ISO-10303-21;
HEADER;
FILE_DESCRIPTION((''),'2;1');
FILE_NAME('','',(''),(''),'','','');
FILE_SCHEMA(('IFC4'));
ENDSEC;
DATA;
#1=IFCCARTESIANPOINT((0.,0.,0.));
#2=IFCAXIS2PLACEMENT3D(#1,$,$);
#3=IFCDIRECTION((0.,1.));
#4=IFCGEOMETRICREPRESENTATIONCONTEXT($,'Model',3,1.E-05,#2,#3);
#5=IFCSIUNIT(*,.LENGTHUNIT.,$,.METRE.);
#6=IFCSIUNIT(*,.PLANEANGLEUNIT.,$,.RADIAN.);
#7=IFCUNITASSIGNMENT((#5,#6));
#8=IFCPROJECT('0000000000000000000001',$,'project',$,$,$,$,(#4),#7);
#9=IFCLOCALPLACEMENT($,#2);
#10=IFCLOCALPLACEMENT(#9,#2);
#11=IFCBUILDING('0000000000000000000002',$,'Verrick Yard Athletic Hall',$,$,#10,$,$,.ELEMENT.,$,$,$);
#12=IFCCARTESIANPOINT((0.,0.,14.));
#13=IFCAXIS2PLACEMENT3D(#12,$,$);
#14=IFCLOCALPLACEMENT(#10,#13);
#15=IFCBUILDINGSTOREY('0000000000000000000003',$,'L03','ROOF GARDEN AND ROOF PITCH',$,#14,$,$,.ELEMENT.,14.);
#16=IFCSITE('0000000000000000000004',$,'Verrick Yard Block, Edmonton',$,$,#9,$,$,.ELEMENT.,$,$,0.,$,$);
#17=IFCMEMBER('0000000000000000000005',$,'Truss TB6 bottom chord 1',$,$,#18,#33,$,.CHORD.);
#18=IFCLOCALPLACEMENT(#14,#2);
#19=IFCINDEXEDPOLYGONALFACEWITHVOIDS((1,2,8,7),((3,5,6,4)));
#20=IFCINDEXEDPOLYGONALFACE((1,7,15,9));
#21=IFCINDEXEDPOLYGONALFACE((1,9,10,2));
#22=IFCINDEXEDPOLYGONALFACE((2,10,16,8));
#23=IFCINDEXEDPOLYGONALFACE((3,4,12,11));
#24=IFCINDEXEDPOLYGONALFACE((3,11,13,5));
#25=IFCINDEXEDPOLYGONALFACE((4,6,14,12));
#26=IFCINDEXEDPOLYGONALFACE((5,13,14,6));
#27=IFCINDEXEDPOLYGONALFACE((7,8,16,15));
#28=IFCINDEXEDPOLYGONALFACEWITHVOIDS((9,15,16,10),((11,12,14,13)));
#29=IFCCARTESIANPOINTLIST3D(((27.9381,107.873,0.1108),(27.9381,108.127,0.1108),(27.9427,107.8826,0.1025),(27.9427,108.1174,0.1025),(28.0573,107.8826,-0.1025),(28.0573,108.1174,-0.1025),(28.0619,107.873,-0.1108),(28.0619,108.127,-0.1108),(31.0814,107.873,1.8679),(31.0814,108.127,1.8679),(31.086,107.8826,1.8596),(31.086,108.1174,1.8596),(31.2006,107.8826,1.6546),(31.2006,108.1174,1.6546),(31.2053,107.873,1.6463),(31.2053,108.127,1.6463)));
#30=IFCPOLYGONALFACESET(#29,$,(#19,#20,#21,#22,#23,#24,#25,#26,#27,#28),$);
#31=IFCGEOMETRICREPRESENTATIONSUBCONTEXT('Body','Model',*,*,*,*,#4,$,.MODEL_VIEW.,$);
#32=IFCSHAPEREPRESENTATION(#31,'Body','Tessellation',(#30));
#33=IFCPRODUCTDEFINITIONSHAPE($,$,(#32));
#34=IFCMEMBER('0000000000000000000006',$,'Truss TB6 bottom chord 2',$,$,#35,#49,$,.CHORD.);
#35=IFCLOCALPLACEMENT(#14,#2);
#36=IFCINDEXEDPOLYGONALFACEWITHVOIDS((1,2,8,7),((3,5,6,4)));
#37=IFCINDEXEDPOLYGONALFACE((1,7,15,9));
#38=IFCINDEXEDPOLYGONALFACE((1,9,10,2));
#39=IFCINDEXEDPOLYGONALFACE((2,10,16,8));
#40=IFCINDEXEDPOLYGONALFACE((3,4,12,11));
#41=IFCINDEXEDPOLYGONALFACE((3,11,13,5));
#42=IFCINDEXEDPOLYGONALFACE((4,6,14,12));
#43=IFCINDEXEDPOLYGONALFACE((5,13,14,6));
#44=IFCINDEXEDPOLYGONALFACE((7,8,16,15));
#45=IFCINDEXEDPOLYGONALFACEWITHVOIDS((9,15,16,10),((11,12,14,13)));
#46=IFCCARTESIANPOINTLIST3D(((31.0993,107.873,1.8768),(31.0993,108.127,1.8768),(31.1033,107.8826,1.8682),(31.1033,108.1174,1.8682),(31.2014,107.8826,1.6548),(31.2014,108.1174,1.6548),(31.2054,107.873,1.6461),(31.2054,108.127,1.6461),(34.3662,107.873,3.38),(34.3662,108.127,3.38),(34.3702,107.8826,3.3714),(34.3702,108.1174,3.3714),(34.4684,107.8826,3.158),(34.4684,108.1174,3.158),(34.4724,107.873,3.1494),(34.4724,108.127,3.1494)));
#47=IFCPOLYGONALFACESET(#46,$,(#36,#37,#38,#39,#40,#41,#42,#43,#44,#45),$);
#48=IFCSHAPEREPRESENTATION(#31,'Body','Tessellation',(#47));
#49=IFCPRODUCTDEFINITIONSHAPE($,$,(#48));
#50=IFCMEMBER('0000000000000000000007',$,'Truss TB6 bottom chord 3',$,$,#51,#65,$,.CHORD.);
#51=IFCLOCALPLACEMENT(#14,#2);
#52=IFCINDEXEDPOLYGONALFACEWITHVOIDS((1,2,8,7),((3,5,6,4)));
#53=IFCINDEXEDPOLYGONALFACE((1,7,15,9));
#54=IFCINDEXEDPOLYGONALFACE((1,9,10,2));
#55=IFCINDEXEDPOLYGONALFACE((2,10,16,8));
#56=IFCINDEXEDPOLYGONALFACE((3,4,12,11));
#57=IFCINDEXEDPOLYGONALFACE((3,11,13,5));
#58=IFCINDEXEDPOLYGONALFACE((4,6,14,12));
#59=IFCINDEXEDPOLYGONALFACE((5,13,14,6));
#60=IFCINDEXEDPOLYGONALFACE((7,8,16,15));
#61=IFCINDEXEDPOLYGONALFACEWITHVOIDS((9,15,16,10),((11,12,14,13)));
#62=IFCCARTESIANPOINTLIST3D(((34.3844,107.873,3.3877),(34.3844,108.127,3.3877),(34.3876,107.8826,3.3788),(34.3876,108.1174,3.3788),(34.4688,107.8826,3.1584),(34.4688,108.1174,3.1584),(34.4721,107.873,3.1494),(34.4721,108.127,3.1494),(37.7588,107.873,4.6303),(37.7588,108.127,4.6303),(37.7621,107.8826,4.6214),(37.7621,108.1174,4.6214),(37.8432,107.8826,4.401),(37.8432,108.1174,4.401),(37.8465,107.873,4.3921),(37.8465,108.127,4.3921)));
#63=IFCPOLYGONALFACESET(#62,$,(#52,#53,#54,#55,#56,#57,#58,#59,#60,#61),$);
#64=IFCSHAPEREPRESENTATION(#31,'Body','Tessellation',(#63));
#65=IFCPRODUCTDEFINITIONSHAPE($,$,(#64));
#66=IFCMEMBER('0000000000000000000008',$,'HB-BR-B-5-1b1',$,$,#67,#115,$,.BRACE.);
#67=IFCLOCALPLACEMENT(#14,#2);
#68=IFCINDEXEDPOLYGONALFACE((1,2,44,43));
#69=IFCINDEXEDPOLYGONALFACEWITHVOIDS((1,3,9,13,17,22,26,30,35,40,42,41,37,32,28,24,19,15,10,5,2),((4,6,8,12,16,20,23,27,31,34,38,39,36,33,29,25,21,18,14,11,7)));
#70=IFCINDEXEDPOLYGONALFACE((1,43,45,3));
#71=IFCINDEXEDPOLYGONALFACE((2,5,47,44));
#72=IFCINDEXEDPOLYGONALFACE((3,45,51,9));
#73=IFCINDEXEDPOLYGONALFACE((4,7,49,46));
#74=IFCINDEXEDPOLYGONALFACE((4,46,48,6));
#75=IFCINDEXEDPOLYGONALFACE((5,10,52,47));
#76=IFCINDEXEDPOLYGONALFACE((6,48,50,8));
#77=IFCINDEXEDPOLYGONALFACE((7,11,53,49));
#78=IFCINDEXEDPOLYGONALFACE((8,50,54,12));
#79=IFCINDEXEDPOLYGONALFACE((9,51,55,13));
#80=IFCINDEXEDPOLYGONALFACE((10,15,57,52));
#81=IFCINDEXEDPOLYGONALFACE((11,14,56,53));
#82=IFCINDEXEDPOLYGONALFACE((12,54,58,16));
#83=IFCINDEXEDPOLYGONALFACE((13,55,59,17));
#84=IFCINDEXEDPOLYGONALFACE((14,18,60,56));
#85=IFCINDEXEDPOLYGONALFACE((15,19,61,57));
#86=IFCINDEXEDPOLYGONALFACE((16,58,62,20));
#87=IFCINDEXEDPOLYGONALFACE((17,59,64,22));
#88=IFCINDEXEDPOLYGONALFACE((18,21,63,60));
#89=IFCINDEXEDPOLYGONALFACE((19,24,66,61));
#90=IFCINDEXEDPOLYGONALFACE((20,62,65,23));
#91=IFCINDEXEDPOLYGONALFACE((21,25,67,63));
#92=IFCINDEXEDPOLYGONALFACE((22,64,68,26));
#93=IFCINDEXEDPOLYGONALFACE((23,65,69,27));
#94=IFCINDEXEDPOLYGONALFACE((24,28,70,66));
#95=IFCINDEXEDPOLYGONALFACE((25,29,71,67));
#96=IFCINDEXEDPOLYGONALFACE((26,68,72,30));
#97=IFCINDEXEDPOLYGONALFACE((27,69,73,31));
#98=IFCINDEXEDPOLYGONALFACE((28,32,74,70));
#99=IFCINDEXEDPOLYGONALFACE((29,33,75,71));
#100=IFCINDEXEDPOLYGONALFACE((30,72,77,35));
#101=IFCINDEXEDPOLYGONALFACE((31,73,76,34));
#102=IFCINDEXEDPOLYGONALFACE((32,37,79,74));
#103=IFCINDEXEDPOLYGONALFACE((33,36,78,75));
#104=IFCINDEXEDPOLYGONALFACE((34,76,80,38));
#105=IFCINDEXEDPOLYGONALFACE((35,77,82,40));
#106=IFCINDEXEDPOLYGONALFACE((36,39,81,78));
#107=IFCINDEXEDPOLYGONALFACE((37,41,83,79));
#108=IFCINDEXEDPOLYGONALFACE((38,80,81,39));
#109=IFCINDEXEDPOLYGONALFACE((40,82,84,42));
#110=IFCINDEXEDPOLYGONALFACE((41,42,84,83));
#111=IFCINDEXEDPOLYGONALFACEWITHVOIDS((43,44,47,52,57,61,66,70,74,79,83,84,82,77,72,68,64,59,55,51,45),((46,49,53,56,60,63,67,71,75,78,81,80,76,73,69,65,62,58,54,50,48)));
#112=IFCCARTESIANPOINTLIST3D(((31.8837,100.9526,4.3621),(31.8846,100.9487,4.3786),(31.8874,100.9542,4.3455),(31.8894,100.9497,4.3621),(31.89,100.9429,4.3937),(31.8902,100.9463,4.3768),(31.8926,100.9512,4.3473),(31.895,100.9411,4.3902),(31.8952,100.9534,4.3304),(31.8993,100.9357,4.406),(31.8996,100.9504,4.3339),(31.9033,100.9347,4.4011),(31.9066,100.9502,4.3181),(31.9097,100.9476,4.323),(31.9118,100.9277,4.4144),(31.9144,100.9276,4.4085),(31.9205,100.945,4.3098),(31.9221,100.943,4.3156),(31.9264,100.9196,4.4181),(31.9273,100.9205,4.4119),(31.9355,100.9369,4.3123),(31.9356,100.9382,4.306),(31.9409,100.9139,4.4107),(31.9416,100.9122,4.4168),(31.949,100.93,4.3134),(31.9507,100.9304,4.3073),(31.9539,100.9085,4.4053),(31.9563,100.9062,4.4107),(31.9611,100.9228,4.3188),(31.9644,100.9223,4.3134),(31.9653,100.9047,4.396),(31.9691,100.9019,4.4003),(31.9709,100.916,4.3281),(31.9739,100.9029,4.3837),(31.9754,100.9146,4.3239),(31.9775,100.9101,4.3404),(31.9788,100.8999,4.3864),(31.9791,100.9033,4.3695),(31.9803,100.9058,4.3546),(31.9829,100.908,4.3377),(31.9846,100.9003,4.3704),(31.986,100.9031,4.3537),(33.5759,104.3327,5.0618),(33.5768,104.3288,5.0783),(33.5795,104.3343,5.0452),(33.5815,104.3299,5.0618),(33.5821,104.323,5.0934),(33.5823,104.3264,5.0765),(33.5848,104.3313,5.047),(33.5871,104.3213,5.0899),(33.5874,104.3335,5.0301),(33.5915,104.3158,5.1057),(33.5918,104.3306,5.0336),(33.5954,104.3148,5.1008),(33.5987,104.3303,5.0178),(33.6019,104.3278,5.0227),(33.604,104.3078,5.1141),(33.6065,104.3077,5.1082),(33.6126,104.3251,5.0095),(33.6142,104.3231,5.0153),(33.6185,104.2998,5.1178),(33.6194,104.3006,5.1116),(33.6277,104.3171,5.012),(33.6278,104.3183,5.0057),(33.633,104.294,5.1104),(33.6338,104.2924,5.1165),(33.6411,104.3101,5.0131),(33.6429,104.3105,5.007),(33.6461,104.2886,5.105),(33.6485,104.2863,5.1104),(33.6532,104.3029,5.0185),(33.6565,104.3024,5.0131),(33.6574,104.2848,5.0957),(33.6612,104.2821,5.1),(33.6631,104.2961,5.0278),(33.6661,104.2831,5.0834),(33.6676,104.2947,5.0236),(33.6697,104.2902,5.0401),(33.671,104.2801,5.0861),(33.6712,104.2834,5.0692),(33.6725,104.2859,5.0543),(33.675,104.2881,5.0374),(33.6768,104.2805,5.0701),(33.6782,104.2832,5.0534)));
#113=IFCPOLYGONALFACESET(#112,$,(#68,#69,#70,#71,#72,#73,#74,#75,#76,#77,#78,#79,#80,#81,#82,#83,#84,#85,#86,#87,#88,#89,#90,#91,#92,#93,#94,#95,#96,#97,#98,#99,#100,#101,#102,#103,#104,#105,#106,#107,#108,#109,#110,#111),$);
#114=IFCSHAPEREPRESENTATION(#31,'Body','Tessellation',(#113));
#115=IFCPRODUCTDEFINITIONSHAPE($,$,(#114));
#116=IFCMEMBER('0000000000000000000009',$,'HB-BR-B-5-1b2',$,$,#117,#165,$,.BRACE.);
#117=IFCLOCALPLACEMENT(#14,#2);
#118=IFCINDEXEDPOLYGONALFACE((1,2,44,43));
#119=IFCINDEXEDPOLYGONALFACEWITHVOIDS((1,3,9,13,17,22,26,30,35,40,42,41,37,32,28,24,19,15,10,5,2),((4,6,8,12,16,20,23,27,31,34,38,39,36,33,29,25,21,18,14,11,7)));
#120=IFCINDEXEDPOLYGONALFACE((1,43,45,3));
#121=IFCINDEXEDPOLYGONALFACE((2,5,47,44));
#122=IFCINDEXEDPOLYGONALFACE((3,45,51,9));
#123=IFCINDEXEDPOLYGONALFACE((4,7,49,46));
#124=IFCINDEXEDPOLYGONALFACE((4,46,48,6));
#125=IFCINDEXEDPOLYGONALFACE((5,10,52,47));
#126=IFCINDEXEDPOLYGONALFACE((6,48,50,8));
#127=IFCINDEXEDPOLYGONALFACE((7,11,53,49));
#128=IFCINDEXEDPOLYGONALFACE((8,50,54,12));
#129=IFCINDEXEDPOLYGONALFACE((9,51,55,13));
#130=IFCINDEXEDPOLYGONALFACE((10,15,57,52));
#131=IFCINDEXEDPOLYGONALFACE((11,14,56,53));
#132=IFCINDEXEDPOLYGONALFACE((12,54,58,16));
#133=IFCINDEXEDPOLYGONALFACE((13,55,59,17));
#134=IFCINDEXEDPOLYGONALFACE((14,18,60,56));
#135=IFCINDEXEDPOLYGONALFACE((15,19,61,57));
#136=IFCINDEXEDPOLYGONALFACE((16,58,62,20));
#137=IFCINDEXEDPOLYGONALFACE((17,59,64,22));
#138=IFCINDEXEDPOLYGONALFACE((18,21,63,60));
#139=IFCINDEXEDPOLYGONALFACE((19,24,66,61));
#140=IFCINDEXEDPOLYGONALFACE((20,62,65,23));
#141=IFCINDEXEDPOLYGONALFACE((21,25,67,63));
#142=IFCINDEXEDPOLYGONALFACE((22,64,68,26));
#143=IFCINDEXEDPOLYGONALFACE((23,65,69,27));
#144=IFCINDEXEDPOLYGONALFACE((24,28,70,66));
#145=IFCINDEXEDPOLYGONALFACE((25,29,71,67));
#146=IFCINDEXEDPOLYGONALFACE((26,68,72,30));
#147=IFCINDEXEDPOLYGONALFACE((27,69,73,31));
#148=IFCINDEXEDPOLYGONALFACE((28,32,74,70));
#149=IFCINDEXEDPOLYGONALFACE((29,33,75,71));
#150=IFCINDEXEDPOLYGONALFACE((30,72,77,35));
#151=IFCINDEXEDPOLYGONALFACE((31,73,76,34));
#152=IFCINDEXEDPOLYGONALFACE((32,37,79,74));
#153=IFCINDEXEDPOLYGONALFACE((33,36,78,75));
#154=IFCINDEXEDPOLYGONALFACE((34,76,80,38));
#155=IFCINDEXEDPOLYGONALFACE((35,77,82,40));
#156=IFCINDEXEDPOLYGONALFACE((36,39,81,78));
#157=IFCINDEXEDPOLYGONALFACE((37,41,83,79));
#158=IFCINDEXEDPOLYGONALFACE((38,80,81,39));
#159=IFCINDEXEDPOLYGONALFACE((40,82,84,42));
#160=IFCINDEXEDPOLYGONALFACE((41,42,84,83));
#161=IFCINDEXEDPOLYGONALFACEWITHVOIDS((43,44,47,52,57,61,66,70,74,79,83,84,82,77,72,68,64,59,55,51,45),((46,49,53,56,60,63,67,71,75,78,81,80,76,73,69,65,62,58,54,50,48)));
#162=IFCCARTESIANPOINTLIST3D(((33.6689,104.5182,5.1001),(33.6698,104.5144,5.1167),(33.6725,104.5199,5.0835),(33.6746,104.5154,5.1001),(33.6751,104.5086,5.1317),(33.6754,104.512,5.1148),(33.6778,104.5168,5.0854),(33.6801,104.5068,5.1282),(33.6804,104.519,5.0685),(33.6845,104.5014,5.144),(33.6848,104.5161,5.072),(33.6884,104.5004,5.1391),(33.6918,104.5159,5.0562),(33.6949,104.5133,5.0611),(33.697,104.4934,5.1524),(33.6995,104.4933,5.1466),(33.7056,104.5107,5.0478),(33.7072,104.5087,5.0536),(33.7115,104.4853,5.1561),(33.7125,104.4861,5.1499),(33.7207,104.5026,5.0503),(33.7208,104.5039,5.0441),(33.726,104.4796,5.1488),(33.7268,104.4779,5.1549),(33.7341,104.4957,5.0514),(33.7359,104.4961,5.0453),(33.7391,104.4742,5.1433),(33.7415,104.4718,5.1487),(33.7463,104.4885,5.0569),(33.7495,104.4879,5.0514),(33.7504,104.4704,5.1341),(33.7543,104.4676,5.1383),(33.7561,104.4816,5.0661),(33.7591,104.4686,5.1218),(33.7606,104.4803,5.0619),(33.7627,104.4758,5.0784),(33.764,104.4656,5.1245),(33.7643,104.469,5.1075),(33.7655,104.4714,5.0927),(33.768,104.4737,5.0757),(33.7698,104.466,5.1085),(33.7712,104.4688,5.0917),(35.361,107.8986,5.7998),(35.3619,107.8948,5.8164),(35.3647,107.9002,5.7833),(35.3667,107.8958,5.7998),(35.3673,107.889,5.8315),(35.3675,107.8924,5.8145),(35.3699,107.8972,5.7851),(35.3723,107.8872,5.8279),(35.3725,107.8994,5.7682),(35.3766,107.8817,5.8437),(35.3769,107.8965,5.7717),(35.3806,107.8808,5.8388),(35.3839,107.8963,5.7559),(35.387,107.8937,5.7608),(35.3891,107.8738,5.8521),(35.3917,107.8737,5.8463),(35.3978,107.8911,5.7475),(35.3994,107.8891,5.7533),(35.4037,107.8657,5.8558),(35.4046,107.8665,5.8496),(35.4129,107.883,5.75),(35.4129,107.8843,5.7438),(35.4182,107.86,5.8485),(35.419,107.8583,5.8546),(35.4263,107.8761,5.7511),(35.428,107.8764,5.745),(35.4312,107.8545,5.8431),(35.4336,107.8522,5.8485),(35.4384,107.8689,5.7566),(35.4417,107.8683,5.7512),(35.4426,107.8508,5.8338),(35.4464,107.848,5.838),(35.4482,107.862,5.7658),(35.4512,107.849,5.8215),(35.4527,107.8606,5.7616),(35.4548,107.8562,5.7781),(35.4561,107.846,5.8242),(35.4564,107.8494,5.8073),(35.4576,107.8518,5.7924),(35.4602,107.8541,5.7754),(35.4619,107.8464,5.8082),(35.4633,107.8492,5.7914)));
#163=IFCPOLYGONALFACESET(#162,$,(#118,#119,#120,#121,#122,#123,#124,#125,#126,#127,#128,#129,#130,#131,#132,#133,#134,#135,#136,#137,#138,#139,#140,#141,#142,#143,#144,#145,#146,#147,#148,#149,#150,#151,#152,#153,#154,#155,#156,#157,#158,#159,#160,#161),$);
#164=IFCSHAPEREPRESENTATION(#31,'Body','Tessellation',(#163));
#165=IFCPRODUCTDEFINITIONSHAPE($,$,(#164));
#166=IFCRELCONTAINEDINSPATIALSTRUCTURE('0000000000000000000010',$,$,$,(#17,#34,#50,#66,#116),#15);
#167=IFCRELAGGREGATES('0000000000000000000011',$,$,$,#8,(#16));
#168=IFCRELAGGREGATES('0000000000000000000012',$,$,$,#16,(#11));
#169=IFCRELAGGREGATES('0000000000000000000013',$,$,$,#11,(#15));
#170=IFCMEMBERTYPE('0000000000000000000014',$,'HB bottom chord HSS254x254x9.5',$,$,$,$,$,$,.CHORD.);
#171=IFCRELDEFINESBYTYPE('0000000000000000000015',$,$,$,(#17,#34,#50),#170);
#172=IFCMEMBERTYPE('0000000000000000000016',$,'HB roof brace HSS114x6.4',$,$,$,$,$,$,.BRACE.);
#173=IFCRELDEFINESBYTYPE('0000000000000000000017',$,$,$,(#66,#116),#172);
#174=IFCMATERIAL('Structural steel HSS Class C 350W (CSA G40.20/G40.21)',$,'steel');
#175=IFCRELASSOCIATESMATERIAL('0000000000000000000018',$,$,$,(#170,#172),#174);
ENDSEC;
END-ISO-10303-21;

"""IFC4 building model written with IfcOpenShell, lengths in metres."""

from ifc_helpers import new_model, si_unit, direction, frame, origin, origin_2d, place, context, subcontext, project, spatial, hollow_rectangle, hollow_circle, extrude, material, material_profile, profile_set, type_object, element, save


model = new_model("IFC4")

# Units and contexts
model_context = context("Model", 3, precision=1e-05, world=origin(), true_north=direction((0.0, 1.0)))
body_context = subcontext(model_context, "Body", "Model", "MODEL_VIEW")
ifc_project = project(units=[si_unit("LENGTHUNIT", "METRE"), si_unit("PLANEANGLEUNIT", "RADIAN")], contexts=[model_context])

# Site, building, storey
site_placement = place(None, origin())
site = spatial("IfcSite", under=ifc_project, at=site_placement, Name="Verrick Yard Block, Edmonton", CompositionType="ELEMENT", RefElevation=0.0)
building_placement = place(site_placement, origin())
building = spatial("IfcBuilding", under=site, at=building_placement, Name="Verrick Yard Athletic Hall", CompositionType="ELEMENT")
storey_placement = place(building_placement, frame((0.0, 0.0, 14.0)))
storey = spatial("IfcBuildingStorey", under=building, at=storey_placement, Name="L03", Description="ROOF GARDEN AND ROOF PITCH", CompositionType="ELEMENT", Elevation=14.0)

# Members
ifc_material_1 = material(Name="Structural steel HSS Class C 350W (CSA G40.20/G40.21)", Category="steel")
ifc_material_profile_1 = material_profile(ifc_material_1, hollow_rectangle(XDim=0.2539, YDim=0.2539, WallThickness=0.0095, at=origin_2d()), Name="HSS254x254x9.5")
ifc_profile_set_1 = profile_set([ifc_material_profile_1], Name="Structural steel HSS Class C 350W (CSA G40.20/G40.21)")
member_type_1 = type_object("IfcMemberType", Name="HB bottom chord HSS254x254x9.5", PredefinedType="CHORD", material=ifc_profile_set_1)
member_1_placement = place(storey_placement, frame((28.0, 108.0, 0.0), z_axis=(0.872881, 0.0, 0.487932), x_axis=(0.0, 1.0, 0.0)))
element("IfcMember", 1, at=member_1_placement, inside=storey, type_object=member_type_1, Name="Truss TB6 bottom chord 1", PredefinedType="CHORD", context=body_context, shape_type="SweptSolid", body=[
    extrude(hollow_rectangle(XDim=0.2539, YDim=0.2539, WallThickness=0.0095, at=origin_2d()), origin(), (0.0, 0.0, 1.0), 3.6011),
])
member_2_placement = place(storey_placement, frame((31.1523, 108.0, 1.7615), z_axis=(0.908446, 0.0, 0.418003), x_axis=(0.0, 1.0, 0.0)))
element("IfcMember", 2, at=member_2_placement, inside=storey, type_object=member_type_1, Name="Truss TB6 bottom chord 2", PredefinedType="CHORD", context=body_context, shape_type="SweptSolid", body=[
    extrude(hollow_rectangle(XDim=0.2539, YDim=0.2539, WallThickness=0.0095, at=origin_2d()), origin(), (0.0, 0.0, 1.0), 3.5962),
])
member_3_placement = place(storey_placement, frame((34.4282, 108.0, 3.2686), z_axis=(0.938394, 0.0, 0.345567), x_axis=(0.0, 1.0, 0.0)))
element("IfcMember", 3, at=member_3_placement, inside=storey, type_object=member_type_1, Name="Truss TB6 bottom chord 3", PredefinedType="CHORD", context=body_context, shape_type="SweptSolid", body=[
    extrude(hollow_rectangle(XDim=0.2539, YDim=0.2539, WallThickness=0.0095, at=origin_2d()), origin(), (0.0, 0.0, 1.0), 3.5959),
])
ifc_material_profile_2 = material_profile(ifc_material_1, hollow_circle(Radius=0.0571, WallThickness=0.0063, at=origin_2d()), Name="HSS114x6.4")
ifc_profile_set_2 = profile_set([ifc_material_profile_2], Name="Structural steel HSS Class C 350W (CSA G40.20/G40.21)")
member_type_2 = type_object("IfcMemberType", Name="HB roof brace HSS114x6.4", PredefinedType="BRACE", material=ifc_profile_set_2)
member_4_placement = place(storey_placement, frame((31.9348, 100.927, 4.3621), z_axis=(0.440175, 0.879271, 0.182014), x_axis=(-0.894207, 0.447653, 0.0)))
element("IfcMember", 4, at=member_4_placement, inside=storey, type_object=member_type_2, Name="HB-BR-B-5-1b1", PredefinedType="BRACE", context=body_context, shape_type="SweptSolid", body=[
    extrude(hollow_circle(Radius=0.0571, WallThickness=0.0063, at=origin_2d()), origin(), (0.0, 0.0, 1.0), 3.8442),
])
member_5_placement = place(storey_placement, frame((33.72, 104.4927, 5.1001), z_axis=(0.440151, 0.879285, 0.182004), x_axis=(-0.89422, 0.447627, 0.0)))
element("IfcMember", 5, at=member_5_placement, inside=storey, type_object=member_type_2, Name="HB-BR-B-5-1b2", PredefinedType="BRACE", context=body_context, shape_type="SweptSolid", body=[
    extrude(hollow_circle(Radius=0.0571, WallThickness=0.0063, at=origin_2d()), origin(), (0.0, 0.0, 1.0), 3.8445),
])

save(model, "model.ifc")
